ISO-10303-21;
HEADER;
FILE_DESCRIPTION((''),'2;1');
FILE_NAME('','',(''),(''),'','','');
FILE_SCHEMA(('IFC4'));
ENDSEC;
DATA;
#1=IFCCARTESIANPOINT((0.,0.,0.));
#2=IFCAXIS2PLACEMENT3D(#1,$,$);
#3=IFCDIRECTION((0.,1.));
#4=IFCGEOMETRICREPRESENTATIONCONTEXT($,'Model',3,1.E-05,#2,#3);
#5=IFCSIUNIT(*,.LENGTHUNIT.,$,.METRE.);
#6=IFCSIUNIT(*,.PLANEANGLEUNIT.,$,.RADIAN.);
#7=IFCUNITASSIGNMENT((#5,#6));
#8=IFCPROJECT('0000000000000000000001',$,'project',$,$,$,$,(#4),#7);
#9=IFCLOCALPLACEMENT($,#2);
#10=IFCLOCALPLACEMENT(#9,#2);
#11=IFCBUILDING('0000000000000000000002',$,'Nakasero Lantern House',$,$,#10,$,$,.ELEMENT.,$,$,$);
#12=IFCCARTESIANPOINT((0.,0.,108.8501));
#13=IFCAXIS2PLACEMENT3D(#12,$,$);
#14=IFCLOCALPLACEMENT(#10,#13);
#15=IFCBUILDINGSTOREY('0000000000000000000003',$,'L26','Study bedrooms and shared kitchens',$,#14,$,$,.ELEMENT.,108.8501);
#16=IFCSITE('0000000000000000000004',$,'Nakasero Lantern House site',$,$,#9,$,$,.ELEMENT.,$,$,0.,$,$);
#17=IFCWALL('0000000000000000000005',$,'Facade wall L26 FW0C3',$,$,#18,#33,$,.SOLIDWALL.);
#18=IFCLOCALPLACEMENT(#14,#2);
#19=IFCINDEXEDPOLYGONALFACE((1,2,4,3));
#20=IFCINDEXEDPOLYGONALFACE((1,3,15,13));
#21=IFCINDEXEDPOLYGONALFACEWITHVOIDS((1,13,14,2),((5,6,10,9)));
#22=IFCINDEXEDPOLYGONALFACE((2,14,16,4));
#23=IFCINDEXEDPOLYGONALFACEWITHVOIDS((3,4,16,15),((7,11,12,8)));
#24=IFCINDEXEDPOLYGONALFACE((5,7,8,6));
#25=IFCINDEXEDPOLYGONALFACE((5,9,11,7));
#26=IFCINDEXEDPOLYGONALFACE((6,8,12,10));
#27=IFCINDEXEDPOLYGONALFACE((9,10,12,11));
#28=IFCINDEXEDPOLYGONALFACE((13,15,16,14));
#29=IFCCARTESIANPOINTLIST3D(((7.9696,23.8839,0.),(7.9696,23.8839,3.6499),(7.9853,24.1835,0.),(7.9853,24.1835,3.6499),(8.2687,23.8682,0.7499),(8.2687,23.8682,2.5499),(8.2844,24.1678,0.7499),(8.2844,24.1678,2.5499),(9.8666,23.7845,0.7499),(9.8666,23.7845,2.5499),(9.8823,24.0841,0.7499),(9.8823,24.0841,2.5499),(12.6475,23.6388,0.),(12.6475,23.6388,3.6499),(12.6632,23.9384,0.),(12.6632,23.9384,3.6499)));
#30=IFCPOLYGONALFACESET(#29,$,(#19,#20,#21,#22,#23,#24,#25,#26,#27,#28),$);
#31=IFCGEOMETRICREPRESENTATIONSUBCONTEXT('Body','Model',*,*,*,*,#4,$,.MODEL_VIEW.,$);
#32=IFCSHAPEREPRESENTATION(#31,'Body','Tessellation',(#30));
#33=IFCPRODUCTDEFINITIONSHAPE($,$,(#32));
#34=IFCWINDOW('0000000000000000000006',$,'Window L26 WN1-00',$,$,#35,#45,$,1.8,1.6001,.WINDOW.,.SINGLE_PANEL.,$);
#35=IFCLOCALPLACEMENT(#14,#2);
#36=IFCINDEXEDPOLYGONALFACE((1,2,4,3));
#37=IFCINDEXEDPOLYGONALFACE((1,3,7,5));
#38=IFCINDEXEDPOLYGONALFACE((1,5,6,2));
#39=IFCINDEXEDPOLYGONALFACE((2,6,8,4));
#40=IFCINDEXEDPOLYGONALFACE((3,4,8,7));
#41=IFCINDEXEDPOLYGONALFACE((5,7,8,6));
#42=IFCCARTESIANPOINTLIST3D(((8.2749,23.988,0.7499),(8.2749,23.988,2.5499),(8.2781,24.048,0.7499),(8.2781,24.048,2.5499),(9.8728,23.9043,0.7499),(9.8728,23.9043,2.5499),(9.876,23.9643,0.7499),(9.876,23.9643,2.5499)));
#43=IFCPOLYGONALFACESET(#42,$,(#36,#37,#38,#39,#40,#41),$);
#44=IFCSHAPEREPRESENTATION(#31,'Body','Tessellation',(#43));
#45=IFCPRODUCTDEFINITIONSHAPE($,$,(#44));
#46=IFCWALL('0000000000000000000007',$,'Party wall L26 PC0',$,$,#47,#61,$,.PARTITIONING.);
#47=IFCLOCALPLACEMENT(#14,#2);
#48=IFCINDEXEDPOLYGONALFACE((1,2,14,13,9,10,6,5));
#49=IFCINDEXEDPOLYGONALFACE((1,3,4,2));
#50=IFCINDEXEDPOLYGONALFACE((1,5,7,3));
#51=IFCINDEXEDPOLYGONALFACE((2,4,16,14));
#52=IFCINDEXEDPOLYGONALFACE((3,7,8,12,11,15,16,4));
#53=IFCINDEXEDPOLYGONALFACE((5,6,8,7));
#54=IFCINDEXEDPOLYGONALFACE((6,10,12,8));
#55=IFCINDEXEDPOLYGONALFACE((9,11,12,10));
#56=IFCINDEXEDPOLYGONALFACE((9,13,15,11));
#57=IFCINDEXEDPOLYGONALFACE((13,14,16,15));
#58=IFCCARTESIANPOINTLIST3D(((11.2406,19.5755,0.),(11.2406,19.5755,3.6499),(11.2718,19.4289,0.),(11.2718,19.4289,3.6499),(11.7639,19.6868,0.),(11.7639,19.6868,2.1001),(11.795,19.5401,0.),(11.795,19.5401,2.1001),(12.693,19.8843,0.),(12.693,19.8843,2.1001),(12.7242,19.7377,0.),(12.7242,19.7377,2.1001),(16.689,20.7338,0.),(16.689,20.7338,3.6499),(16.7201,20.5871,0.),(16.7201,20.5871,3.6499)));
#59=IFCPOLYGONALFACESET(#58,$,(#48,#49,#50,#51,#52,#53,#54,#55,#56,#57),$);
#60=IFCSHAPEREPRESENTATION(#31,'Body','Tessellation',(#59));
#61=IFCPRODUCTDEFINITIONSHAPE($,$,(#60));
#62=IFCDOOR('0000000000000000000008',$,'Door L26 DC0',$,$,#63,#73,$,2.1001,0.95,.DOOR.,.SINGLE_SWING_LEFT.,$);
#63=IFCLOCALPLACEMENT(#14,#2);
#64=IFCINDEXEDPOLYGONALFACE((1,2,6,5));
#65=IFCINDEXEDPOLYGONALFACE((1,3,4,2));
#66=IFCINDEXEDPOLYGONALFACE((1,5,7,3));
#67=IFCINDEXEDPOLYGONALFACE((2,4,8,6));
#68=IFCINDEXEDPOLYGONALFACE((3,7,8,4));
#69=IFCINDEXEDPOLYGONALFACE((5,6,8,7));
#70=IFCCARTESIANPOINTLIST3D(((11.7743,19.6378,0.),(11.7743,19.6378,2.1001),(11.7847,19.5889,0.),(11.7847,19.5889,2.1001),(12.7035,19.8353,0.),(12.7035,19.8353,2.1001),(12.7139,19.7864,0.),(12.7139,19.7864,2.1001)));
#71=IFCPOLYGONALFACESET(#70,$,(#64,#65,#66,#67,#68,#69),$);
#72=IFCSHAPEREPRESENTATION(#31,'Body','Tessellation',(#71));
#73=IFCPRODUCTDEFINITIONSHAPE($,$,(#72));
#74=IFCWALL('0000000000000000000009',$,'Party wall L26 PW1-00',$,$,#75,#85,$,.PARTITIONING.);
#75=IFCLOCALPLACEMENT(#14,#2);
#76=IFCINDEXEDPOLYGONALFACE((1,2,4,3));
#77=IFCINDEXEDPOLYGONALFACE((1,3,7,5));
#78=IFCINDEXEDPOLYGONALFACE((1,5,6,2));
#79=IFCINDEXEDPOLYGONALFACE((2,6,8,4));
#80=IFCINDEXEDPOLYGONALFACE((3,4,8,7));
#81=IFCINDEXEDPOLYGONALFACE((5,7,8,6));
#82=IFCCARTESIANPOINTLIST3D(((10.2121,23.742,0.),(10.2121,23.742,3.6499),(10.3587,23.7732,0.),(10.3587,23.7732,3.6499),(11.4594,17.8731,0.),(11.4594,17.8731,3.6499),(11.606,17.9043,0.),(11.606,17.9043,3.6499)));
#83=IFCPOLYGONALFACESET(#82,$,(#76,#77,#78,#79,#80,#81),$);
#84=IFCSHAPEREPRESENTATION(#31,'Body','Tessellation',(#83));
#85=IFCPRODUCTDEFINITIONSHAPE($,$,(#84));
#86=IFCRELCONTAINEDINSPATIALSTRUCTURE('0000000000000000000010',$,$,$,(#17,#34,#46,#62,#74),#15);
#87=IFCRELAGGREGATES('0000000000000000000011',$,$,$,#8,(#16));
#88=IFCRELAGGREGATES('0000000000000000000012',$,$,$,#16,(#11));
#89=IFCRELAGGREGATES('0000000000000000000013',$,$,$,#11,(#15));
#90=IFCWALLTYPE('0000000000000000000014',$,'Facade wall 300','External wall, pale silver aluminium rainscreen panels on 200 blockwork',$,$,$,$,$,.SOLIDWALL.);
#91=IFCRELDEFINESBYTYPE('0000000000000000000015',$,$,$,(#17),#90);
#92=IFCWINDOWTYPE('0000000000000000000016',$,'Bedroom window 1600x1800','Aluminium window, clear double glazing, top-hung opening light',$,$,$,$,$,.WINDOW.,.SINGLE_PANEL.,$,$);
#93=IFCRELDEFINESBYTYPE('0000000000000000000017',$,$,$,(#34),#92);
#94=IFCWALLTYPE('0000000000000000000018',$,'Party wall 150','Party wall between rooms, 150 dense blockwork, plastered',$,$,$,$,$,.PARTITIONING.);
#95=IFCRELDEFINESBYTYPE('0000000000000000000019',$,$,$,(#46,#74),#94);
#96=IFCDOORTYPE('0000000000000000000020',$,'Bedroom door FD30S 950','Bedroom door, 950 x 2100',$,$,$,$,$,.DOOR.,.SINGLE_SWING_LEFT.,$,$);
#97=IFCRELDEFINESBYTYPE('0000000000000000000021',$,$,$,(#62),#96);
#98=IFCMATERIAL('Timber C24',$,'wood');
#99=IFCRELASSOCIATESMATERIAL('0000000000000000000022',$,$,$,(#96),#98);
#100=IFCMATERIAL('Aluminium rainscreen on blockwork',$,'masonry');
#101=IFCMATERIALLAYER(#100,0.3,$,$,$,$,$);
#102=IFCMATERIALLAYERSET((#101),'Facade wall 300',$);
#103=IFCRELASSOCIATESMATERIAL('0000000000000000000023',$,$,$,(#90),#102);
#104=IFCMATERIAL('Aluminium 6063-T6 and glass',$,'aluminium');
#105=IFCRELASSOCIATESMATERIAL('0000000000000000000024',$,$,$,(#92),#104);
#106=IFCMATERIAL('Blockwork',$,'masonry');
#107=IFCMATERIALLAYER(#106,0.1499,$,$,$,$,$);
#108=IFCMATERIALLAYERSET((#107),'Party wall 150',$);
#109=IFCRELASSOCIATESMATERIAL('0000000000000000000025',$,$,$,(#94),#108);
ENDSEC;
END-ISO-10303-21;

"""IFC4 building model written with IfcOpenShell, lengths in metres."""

from ifc_helpers import new_model, si_unit, direction, frame, frame_2d, origin, place, context, subcontext, project, spatial, rectangle, extrude, material, layer, layer_set, type_object, element, fill, save


model = new_model("IFC4")

# Units and contexts
model_context = context("Model", 3, precision=1e-05, world=origin(), true_north=direction((0.0, 1.0)))
body_context = subcontext(model_context, "Body", "Model", "MODEL_VIEW")
ifc_project = project(units=[si_unit("LENGTHUNIT", "METRE"), si_unit("PLANEANGLEUNIT", "RADIAN")], contexts=[model_context])

# Site, building, storey
site_placement = place(None, origin())
site = spatial("IfcSite", under=ifc_project, at=site_placement, Name="Nakasero Lantern House site", CompositionType="ELEMENT", RefElevation=0.0)
building_placement = place(site_placement, origin())
building = spatial("IfcBuilding", under=site, at=building_placement, Name="Nakasero Lantern House", CompositionType="ELEMENT")
storey_placement = place(building_placement, frame((0.0, 0.0, 108.8501)))
storey = spatial("IfcBuildingStorey", under=building, at=storey_placement, Name="L26", Description="Study bedrooms and shared kitchens", CompositionType="ELEMENT", Elevation=108.8501)

# Shared definitions
ifc_material_1 = material(Name="Timber C24", Category="wood")
door_type_1 = type_object("IfcDoorType", Name="Bedroom door FD30S 950", Description="Bedroom door, 950 x 2100", OperationType="SINGLE_SWING_LEFT", PredefinedType="DOOR", material=ifc_material_1)

# Shared definitions
ifc_material_2 = material(Name="Aluminium rainscreen on blockwork", Category="masonry")
ifc_layer_1 = layer(ifc_material_2, 0.3)
ifc_layer_set_1 = layer_set([ifc_layer_1], Name="Facade wall 300")
wall_type_1 = type_object("IfcWallType", Name="Facade wall 300", Description="External wall, pale silver aluminium rainscreen panels on 200 blockwork", PredefinedType="SOLIDWALL", material=ifc_layer_set_1)

# Wall, opening, window
wall_1_placement = place(storey_placement, frame((12.6555, 23.7886, 0.0), z_axis=(0.0, 0.0, 1.0), x_axis=(-0.99863, 0.052326, 0.0)))
wall_1 = element("IfcWall", 1, at=wall_1_placement, inside=storey, type_object=wall_type_1, Name="Facade wall L26 FW0C3", PredefinedType="SOLIDWALL", context=body_context, shape_type="SweptSolid", body=[
    extrude(rectangle(XDim=4.6843, YDim=0.3, at=frame_2d((2.3423, 0.0))), origin(), (0.0, 0.0, 1.0), 3.6499),
])
opening_1_placement = place(wall_1_placement, frame((2.7849, 0.0, 0.75)))
opening_1 = element("IfcOpeningElement", 2, at=opening_1_placement, cuts=wall_1, PredefinedType="OPENING", context=body_context, shape_type="SweptSolid", body=[
    extrude(rectangle(XDim=1.6001, YDim=1.8, at=frame_2d((0.8, 0.8999))), frame((0.0, 0.1699, 0.0), z_axis=(0.0, -1.0, 0.0), x_axis=(1.0, 0.0, 0.0)), (0.0, 0.0, 1.0), 0.3401),
])
ifc_material_3 = material(Name="Aluminium 6063-T6 and glass", Category="aluminium")
window_type_1 = type_object("IfcWindowType", Name="Bedroom window 1600x1800", Description="Aluminium window, clear double glazing, top-hung opening light", PartitioningType="SINGLE_PANEL", PredefinedType="WINDOW", material=ifc_material_3)
window_1_placement = place(opening_1_placement, origin())
window_1 = element("IfcWindow", 3, at=window_1_placement, inside=storey, type_object=window_type_1, Name="Window L26 WN1-00", OverallHeight=1.8, OverallWidth=1.6001, PartitioningType="SINGLE_PANEL", PredefinedType="WINDOW", context=body_context, shape_type="SweptSolid", body=[
    extrude(rectangle(XDim=1.6001, YDim=1.8, at=frame_2d((0.8, 0.8999))), frame((0.0, 0.03, 0.0), z_axis=(0.0, -1.0, 0.0), x_axis=(1.0, 0.0, 0.0)), (0.0, 0.0, 1.0), 0.0601),
])
fill(opening_1, window_1)

# Wall, opening, door
ifc_material_4 = material(Name="Blockwork", Category="masonry")
ifc_layer_2 = layer(ifc_material_4, 0.1499)
ifc_layer_set_2 = layer_set([ifc_layer_2], Name="Party wall 150")
wall_type_2 = type_object("IfcWallType", Name="Party wall 150", Description="Party wall between rooms, 150 dense blockwork, plastered", PredefinedType="PARTITIONING", material=ifc_layer_set_2)
wall_2_placement = place(storey_placement, frame((11.2561, 19.5022, 0.0), z_axis=(0.0, 0.0, 1.0), x_axis=(0.978142, 0.207936, 0.0)))
wall_2 = element("IfcWall", 4, at=wall_2_placement, inside=storey, type_object=wall_type_2, Name="Party wall L26 PC0", PredefinedType="PARTITIONING", context=body_context, shape_type="SweptSolid", body=[
    extrude(rectangle(XDim=5.5701, YDim=0.1499, at=frame_2d((2.7852, 0.0))), origin(), (0.0, 0.0, 1.0), 3.6499),
])
opening_2_placement = place(wall_2_placement, frame((0.5349, 0.0, 0.0)))
opening_2 = element("IfcOpeningElement", 5, at=opening_2_placement, cuts=wall_2, PredefinedType="OPENING", context=body_context, shape_type="SweptSolid", body=[
    extrude(rectangle(XDim=0.95, YDim=2.1001, at=frame_2d((0.4751, 1.05))), frame((0.0, 0.095, 0.0), z_axis=(0.0, -1.0, 0.0), x_axis=(1.0, 0.0, 0.0)), (0.0, 0.0, 1.0), 0.1899),
])
door_1_placement = place(opening_2_placement, origin())
door_1 = element("IfcDoor", 6, at=door_1_placement, inside=storey, type_object=door_type_1, Name="Door L26 DC0", OperationType="SINGLE_SWING_LEFT", OverallHeight=2.1001, OverallWidth=0.95, PredefinedType="DOOR", context=body_context, shape_type="SweptSolid", body=[
    extrude(rectangle(XDim=0.95, YDim=2.1001, at=frame_2d((0.4751, 1.05))), frame((0.0, 0.0249, 0.0), z_axis=(0.0, -1.0, 0.0), x_axis=(1.0, 0.0, 0.0)), (0.0, 0.0, 1.0), 0.05),
])
fill(opening_2, door_1)

# Wall
wall_3_placement = place(storey_placement, frame((11.5327, 17.8887, 0.0), z_axis=(0.0, 0.0, 1.0), x_axis=(-0.207886, 0.978153, 0.0)))
element("IfcWall", 7, at=wall_3_placement, inside=storey, type_object=wall_type_2, Name="Party wall L26 PW1-00", PredefinedType="PARTITIONING", context=body_context, shape_type="SweptSolid", body=[
    extrude(rectangle(XDim=6.0, YDim=0.1499, at=frame_2d((3.0, 0.0))), origin(), (0.0, 0.0, 1.0), 3.6499),
])

save(model, "model.ifc")
